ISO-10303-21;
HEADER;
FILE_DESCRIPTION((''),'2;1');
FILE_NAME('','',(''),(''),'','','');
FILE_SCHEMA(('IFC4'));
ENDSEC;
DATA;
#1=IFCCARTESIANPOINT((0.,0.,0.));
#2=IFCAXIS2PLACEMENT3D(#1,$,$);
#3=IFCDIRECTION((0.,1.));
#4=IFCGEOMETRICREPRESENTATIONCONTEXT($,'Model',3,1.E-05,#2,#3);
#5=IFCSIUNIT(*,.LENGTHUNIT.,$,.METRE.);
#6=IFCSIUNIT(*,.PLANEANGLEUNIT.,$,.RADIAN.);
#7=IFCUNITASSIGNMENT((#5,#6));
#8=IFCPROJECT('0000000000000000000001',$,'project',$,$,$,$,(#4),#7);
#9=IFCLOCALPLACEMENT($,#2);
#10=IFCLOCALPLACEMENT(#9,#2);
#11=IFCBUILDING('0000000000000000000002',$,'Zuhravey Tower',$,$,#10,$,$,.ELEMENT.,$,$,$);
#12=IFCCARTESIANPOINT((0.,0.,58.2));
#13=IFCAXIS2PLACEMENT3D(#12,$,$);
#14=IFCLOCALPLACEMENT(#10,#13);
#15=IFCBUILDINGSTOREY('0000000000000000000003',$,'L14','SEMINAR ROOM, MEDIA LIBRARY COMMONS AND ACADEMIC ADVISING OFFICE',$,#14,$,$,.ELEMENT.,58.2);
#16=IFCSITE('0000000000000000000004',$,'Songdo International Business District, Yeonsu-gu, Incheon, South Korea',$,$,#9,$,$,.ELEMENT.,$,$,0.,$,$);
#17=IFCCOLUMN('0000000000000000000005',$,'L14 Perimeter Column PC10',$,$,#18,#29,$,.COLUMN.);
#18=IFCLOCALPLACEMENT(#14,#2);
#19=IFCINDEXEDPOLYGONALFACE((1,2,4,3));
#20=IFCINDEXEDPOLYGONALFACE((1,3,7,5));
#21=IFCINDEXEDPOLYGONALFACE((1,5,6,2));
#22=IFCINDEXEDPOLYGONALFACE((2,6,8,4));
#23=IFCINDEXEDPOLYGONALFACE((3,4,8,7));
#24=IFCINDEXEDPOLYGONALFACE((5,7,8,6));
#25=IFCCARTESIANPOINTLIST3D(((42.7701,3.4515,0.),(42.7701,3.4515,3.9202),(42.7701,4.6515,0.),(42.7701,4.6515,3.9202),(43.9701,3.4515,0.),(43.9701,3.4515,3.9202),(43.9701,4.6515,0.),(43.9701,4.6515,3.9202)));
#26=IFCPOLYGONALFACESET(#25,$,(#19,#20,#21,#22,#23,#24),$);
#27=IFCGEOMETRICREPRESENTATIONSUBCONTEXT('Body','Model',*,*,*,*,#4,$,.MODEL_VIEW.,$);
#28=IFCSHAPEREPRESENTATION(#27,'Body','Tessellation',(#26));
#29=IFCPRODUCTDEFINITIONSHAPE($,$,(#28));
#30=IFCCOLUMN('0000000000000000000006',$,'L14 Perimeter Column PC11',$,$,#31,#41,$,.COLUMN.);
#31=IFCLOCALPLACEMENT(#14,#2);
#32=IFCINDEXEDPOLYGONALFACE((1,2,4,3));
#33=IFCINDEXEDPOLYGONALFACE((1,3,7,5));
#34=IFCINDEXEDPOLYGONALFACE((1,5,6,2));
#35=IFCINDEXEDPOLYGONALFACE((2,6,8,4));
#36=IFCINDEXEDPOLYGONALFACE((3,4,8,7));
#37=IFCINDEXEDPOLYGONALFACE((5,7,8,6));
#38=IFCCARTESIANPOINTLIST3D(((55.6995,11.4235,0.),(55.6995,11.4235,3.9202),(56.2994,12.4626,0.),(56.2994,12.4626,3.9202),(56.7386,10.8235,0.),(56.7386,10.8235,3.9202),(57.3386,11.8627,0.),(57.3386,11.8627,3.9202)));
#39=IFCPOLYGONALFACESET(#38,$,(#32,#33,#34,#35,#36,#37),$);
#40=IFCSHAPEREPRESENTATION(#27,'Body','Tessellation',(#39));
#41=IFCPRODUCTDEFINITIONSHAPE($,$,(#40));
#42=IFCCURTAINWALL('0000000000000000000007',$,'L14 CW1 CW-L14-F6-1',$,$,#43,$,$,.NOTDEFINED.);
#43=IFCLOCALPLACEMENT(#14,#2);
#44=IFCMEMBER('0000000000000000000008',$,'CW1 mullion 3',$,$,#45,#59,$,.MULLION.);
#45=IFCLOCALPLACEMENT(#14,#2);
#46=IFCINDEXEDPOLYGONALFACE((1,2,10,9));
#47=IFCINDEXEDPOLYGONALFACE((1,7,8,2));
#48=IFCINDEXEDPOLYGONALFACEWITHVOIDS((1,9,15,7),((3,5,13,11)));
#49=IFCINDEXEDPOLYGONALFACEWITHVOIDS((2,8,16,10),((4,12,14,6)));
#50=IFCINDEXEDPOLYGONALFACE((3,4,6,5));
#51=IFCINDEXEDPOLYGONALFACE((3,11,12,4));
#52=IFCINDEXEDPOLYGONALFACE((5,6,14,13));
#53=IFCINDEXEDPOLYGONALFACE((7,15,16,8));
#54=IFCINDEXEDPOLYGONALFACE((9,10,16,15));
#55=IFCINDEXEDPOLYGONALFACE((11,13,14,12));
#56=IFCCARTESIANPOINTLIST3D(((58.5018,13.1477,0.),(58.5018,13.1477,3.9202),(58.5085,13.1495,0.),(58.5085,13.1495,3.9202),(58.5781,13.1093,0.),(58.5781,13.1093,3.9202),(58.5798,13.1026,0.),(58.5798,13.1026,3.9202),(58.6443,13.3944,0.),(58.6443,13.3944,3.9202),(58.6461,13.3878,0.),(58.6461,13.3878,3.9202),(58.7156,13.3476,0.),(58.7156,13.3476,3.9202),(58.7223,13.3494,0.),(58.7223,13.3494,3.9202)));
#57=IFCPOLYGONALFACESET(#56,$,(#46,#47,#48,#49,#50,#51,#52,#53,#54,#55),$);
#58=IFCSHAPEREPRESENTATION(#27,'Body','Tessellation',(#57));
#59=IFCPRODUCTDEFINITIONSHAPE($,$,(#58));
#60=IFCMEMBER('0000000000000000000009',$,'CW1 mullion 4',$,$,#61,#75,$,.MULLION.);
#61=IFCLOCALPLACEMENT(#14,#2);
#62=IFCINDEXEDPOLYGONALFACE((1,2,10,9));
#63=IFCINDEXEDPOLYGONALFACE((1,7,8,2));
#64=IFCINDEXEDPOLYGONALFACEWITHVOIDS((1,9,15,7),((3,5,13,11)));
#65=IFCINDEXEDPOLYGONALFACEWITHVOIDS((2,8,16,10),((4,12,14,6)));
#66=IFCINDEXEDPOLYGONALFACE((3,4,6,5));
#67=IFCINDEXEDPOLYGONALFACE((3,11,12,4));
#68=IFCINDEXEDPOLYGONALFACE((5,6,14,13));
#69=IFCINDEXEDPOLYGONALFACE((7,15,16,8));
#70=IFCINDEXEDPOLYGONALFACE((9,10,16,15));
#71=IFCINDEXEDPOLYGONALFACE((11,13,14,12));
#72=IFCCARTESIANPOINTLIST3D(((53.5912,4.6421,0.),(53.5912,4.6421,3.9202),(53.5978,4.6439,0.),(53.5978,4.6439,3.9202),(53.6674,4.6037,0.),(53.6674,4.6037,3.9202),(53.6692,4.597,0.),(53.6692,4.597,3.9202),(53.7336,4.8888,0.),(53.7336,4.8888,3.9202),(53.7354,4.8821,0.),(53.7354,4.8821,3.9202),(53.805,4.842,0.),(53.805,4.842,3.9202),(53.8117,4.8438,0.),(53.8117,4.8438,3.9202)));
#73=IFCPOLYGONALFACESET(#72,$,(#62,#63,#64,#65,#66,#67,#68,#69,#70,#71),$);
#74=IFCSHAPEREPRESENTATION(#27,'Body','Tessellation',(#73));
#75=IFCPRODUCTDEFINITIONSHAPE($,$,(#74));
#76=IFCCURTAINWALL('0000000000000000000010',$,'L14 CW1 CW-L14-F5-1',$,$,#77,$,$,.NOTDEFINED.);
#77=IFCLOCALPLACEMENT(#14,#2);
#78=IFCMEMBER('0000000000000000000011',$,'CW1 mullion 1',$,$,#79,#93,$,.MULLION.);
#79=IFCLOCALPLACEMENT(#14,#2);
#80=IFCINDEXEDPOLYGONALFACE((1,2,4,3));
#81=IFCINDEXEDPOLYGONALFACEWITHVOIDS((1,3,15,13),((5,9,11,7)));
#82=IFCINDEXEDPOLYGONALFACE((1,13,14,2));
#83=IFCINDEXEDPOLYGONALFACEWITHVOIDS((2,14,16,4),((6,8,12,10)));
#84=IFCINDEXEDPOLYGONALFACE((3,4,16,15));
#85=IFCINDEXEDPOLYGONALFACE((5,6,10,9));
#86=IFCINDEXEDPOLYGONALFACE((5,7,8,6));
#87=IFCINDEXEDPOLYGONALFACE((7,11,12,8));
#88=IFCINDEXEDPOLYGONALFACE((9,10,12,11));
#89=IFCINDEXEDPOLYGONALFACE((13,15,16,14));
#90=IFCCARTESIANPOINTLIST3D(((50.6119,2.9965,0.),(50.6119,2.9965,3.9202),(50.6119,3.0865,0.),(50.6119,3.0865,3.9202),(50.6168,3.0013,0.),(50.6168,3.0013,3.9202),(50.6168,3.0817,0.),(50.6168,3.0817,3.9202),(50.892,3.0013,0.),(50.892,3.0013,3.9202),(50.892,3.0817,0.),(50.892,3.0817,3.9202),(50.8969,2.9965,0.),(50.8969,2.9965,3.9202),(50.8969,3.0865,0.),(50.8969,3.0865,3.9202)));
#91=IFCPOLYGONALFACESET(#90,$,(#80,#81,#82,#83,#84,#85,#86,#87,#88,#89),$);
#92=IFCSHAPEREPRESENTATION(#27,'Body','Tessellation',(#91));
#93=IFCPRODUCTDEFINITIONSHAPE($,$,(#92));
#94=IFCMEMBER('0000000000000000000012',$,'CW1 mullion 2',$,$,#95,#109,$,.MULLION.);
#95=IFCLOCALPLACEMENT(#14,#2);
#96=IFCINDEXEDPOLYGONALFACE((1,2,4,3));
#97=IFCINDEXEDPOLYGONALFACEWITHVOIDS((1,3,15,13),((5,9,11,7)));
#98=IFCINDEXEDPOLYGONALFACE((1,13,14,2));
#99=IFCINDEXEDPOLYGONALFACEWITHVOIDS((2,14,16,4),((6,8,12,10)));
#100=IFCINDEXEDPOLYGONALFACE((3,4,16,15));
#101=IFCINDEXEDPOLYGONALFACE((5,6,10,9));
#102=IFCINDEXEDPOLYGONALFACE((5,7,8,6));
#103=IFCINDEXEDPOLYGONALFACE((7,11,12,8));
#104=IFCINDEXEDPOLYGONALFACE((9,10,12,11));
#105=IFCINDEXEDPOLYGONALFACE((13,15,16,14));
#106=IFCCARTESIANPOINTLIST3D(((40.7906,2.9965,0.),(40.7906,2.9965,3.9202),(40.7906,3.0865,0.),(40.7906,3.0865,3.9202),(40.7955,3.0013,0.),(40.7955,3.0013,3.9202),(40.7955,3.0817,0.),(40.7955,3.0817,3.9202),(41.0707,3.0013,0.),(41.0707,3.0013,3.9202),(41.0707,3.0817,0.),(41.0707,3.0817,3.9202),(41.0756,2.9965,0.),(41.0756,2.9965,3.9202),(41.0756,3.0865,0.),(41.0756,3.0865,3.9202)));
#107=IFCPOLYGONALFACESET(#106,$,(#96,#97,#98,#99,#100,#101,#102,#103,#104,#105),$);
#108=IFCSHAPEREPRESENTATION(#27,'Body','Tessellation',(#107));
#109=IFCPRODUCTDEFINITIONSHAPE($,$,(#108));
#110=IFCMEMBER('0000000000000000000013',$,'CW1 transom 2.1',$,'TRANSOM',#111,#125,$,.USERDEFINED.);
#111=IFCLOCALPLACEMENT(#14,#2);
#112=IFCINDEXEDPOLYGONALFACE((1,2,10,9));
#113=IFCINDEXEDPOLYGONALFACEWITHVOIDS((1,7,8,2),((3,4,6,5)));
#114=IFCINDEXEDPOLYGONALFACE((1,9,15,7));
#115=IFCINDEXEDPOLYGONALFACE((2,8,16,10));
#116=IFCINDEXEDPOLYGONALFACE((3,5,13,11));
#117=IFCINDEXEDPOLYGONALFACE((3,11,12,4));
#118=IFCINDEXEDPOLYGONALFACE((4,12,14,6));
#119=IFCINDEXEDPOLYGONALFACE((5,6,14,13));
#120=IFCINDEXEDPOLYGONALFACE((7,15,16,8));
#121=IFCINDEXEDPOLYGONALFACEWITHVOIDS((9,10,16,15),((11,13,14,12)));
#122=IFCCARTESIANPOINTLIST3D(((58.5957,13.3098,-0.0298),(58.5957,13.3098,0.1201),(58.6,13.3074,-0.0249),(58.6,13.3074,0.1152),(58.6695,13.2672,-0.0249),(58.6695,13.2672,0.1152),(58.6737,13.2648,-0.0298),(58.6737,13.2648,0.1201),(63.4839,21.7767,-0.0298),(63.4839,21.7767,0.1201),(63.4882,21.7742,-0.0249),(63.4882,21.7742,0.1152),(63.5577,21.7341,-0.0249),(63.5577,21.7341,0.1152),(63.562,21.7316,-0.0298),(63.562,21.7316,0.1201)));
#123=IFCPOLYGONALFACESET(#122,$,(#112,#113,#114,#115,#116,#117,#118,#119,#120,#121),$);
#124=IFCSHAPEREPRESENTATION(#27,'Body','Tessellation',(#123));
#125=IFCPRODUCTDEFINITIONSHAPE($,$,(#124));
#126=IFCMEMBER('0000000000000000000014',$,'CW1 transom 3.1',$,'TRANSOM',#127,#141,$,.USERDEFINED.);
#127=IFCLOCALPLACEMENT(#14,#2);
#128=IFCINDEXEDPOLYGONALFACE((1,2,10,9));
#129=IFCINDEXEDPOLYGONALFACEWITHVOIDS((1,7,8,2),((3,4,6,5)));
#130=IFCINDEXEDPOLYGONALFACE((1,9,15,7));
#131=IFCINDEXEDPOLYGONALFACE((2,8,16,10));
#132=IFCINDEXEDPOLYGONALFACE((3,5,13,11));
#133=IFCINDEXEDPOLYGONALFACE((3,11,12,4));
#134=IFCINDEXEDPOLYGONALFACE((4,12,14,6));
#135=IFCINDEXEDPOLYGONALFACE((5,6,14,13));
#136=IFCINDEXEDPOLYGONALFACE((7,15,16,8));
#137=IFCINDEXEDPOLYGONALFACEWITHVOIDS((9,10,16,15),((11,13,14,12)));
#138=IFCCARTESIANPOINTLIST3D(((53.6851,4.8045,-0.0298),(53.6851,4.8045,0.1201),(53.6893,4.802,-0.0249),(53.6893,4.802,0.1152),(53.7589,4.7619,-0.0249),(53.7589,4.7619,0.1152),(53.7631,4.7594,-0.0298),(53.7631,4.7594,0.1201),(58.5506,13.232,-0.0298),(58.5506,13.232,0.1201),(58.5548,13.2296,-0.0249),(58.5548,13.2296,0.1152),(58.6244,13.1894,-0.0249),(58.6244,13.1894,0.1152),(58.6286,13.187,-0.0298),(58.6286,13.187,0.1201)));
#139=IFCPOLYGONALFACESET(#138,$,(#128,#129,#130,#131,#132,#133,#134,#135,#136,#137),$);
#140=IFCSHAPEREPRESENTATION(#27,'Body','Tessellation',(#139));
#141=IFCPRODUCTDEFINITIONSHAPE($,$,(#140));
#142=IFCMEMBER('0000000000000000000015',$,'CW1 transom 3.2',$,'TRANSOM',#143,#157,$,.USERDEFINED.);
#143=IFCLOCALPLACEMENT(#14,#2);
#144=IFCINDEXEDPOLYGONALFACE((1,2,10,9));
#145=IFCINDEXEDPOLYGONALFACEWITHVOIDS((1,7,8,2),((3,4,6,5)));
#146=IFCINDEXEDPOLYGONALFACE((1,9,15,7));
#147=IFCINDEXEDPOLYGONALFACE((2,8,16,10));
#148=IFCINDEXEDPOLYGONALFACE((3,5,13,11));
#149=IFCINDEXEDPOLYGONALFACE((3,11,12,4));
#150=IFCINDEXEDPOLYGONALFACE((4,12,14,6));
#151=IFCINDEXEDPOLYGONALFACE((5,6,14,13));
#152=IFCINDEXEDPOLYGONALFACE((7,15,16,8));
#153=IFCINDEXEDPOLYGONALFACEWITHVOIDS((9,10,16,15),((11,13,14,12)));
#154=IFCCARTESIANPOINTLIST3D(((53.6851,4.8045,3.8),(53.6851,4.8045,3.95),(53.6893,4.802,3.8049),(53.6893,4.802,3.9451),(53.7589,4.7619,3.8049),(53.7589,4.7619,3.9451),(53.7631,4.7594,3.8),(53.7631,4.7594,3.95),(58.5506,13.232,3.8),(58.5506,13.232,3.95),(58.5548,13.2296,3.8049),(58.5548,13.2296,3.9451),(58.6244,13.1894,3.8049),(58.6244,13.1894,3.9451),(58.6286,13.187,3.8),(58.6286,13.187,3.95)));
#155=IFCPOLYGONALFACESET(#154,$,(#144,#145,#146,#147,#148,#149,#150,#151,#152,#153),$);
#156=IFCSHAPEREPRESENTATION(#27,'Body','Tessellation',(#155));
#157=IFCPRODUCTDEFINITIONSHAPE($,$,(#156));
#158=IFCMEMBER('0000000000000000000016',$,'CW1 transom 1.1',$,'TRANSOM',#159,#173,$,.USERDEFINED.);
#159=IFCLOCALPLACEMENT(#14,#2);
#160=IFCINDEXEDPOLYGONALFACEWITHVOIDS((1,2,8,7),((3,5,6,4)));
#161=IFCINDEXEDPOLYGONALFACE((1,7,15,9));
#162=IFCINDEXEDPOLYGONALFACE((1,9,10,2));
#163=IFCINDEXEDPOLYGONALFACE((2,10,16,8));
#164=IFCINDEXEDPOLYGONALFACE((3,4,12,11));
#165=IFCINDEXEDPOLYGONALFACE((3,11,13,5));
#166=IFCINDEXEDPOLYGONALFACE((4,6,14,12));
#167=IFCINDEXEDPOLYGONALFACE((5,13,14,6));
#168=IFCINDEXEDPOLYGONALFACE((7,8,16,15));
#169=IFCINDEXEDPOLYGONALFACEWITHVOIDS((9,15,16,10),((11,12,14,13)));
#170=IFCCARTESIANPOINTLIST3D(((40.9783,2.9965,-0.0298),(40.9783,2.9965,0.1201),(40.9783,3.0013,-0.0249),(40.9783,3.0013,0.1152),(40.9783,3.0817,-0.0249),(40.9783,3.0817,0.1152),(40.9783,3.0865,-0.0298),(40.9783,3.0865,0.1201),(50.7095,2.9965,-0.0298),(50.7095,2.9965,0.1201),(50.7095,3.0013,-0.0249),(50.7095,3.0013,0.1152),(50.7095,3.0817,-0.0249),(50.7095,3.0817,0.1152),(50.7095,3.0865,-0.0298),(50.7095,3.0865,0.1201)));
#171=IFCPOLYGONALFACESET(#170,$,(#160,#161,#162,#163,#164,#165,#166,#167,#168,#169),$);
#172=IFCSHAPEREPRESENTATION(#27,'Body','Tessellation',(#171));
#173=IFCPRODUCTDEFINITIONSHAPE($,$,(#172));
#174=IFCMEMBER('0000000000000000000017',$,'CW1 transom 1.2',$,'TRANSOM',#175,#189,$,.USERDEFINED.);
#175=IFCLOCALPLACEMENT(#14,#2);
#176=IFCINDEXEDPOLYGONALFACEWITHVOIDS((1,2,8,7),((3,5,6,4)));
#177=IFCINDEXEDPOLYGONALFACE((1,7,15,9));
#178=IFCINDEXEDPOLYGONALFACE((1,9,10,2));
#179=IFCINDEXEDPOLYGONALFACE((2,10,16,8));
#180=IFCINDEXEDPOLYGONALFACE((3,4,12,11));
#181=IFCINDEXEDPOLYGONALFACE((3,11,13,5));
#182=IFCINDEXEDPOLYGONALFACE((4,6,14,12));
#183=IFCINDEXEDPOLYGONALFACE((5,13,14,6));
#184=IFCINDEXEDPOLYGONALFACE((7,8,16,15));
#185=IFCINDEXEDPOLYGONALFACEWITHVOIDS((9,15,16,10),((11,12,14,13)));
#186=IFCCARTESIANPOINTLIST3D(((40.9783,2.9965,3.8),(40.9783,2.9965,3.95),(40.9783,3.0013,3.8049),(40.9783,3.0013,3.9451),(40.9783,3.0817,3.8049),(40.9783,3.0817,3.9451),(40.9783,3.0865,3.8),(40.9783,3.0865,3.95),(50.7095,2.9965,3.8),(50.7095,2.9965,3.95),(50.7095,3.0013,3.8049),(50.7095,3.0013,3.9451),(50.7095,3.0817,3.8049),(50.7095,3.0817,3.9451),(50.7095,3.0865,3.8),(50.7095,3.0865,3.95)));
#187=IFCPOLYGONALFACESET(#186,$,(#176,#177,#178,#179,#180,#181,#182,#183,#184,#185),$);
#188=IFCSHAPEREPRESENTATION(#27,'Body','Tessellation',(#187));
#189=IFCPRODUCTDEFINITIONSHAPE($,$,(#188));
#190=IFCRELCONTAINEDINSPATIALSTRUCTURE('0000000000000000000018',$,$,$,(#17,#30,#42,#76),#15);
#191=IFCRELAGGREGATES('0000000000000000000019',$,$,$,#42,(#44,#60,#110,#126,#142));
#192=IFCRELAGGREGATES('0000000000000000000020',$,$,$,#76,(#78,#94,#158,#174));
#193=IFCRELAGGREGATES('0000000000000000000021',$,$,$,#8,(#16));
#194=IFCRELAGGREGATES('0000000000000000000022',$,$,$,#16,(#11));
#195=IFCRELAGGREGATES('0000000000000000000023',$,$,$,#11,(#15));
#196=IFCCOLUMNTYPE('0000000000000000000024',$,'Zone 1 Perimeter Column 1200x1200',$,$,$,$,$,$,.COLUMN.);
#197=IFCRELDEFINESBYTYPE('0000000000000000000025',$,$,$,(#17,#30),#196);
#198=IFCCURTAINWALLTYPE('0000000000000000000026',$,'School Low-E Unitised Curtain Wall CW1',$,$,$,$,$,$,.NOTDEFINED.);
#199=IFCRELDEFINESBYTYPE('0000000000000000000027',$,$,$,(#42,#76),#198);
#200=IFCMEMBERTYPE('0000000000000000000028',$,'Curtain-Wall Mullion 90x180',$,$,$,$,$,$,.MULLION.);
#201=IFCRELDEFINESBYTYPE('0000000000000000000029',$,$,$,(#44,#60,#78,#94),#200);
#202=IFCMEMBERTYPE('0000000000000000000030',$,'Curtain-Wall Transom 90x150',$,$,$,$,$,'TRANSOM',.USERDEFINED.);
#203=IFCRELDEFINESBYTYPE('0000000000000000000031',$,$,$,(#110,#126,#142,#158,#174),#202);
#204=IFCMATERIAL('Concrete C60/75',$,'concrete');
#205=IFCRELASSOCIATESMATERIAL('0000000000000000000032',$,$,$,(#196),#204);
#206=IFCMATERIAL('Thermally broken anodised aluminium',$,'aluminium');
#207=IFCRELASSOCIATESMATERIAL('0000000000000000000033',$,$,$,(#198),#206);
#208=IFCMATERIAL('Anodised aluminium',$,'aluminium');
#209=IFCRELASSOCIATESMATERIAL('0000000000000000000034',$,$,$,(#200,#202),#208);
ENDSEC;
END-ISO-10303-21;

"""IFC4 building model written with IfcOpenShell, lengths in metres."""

from ifc_helpers import new_model, si_unit, direction, frame, origin, origin_2d, place, context, subcontext, project, spatial, rectangle, hollow_rectangle, extrude, material, material_profile, profile_set, type_object, element, aggregate, save


model = new_model("IFC4")

# Units and contexts
model_context = context("Model", 3, precision=1e-05, world=origin(), true_north=direction((0.0, 1.0)))
body_context = subcontext(model_context, "Body", "Model", "MODEL_VIEW")
ifc_project = project(units=[si_unit("LENGTHUNIT", "METRE"), si_unit("PLANEANGLEUNIT", "RADIAN")], contexts=[model_context])

# Site, building, storey
site_placement = place(None, origin())
site = spatial("IfcSite", under=ifc_project, at=site_placement, Name="Songdo International Business District, Yeonsu-gu, Incheon, South Korea", CompositionType="ELEMENT", RefElevation=0.0)
building_placement = place(site_placement, origin())
building = spatial("IfcBuilding", under=site, at=building_placement, Name="Zuhravey Tower", CompositionType="ELEMENT")
storey_placement = place(building_placement, frame((0.0, 0.0, 58.2)))
storey = spatial("IfcBuildingStorey", under=building, at=storey_placement, Name="L14", Description="SEMINAR ROOM, MEDIA LIBRARY COMMONS AND ACADEMIC ADVISING OFFICE", CompositionType="ELEMENT", Elevation=58.2)

# Columns
ifc_material_1 = material(Name="Concrete C60/75", Category="concrete")
ifc_material_profile_1 = material_profile(ifc_material_1, rectangle(XDim=1.2, YDim=1.2, at=origin_2d()), Name="RC-1200x1200")
ifc_profile_set_1 = profile_set([ifc_material_profile_1], Name="Concrete C60/75")
column_type = type_object("IfcColumnType", Name="Zone 1 Perimeter Column 1200x1200", PredefinedType="COLUMN", material=ifc_profile_set_1)
for number, where, z_axis, x_axis, name in (
    (1, (43.3701, 4.0515, 0.0), (0.0, 0.0, 1.0), (1.0, 0.0, 0.0), "L14 Perimeter Column PC10"),
    (2, (56.519, 11.6431, 0.0), (0.0, 0.0, 1.0), (0.5, 0.866025, 0.0), "L14 Perimeter Column PC11"),
):
    element("IfcColumn", number, at=place(storey_placement, frame(where, z_axis=z_axis, x_axis=x_axis)), inside=storey, type_object=column_type, Name=name, PredefinedType="COLUMN", context=body_context, shape_type="SweptSolid", body=[
        extrude(rectangle(XDim=1.2, YDim=1.2, at=origin_2d()), origin(), (0.0, 0.0, 1.0), 3.9202),
    ])

# Curtain walls, members
ifc_material_2 = material(Name="Thermally broken anodised aluminium", Category="aluminium")
curtain_wall_type = type_object("IfcCurtainWallType", Name="School Low-E Unitised Curtain Wall CW1", PredefinedType="NOTDEFINED", material=ifc_material_2)
curtain_wall_1_placement = place(storey_placement, origin())
curtain_wall_1 = element("IfcCurtainWall", 3, at=curtain_wall_1_placement, inside=storey, type_object=curtain_wall_type, Name="L14 CW1 CW-L14-F6-1", PredefinedType="NOTDEFINED")
ifc_material_3 = material(Name="Anodised aluminium", Category="aluminium")
ifc_material_profile_2 = material_profile(ifc_material_3, hollow_rectangle(XDim=0.0901, YDim=0.2849, WallThickness=0.0049, at=origin_2d()), Name="ALU-RHS-90x285x5")
ifc_profile_set_2 = profile_set([ifc_material_profile_2], Name="Anodised aluminium")
member_type_1 = type_object("IfcMemberType", Name="Curtain-Wall Mullion 90x180", PredefinedType="MULLION", material=ifc_profile_set_2)
member_1_placement = place(storey_placement, frame((58.6121, 13.2485, 0.0), z_axis=(0.0, 0.0, 1.0), x_axis=(0.866026, -0.5, 0.0)))
member_1 = element("IfcMember", 4, at=member_1_placement, type_object=member_type_1, Name="CW1 mullion 3", PredefinedType="MULLION", context=body_context, shape_type="SweptSolid", body=[
    extrude(hollow_rectangle(XDim=0.0901, YDim=0.2849, WallThickness=0.0049, at=origin_2d()), origin(), (0.0, 0.0, 1.0), 3.9202),
])
member_2_placement = place(storey_placement, frame((53.7014, 4.7429, 0.0), z_axis=(0.0, 0.0, 1.0), x_axis=(0.866026, -0.5, 0.0)))
member_2 = element("IfcMember", 5, at=member_2_placement, type_object=member_type_1, Name="CW1 mullion 4", PredefinedType="MULLION", context=body_context, shape_type="SweptSolid", body=[
    extrude(hollow_rectangle(XDim=0.0901, YDim=0.2849, WallThickness=0.0049, at=origin_2d()), origin(), (0.0, 0.0, 1.0), 3.9202),
])
curtain_wall_2_placement = place(storey_placement, origin())
curtain_wall_2 = element("IfcCurtainWall", 6, at=curtain_wall_2_placement, inside=storey, type_object=curtain_wall_type, Name="L14 CW1 CW-L14-F5-1", PredefinedType="NOTDEFINED")
member_3_placement = place(storey_placement, frame((50.7544, 3.0415, 0.0), z_axis=(0.0, 0.0, 1.0), x_axis=(0.0, -1.0, 0.0)))
member_3 = element("IfcMember", 7, at=member_3_placement, type_object=member_type_1, Name="CW1 mullion 1", PredefinedType="MULLION", context=body_context, shape_type="SweptSolid", body=[
    extrude(hollow_rectangle(XDim=0.0901, YDim=0.2849, WallThickness=0.0049, at=origin_2d()), origin(), (0.0, 0.0, 1.0), 3.9202),
])
member_4_placement = place(storey_placement, frame((40.9331, 3.0415, 0.0), z_axis=(0.0, 0.0, 1.0), x_axis=(0.0, -1.0, 0.0)))
member_4 = element("IfcMember", 8, at=member_4_placement, type_object=member_type_1, Name="CW1 mullion 2", PredefinedType="MULLION", context=body_context, shape_type="SweptSolid", body=[
    extrude(hollow_rectangle(XDim=0.0901, YDim=0.2849, WallThickness=0.0049, at=origin_2d()), origin(), (0.0, 0.0, 1.0), 3.9202),
])

# Members
ifc_material_profile_3 = material_profile(ifc_material_3, hollow_rectangle(XDim=0.0901, YDim=0.1499, WallThickness=0.0049, at=origin_2d()), Name="ALU-RHS-90x150x5")
ifc_profile_set_3 = profile_set([ifc_material_profile_3], Name="Anodised aluminium")
member_type_2 = type_object("IfcMemberType", Name="Curtain-Wall Transom 90x150", ElementType="TRANSOM", PredefinedType="USERDEFINED", material=ifc_profile_set_3)
member_5_placement = place(storey_placement, frame((63.5229, 21.7542, 0.0452), z_axis=(-0.49999, -0.866031, 0.0), x_axis=(0.866031, -0.49999, 0.0)))
member_5 = element("IfcMember", 9, at=member_5_placement, type_object=member_type_2, Name="CW1 transom 2.1", ObjectType="TRANSOM", PredefinedType="USERDEFINED", context=body_context, shape_type="SweptSolid", body=[
    extrude(hollow_rectangle(XDim=0.0901, YDim=0.1499, WallThickness=0.0049, at=origin_2d()), origin(), (0.0, 0.0, 1.0), 9.7766),
])
member_6_placement = place(storey_placement, frame((58.5896, 13.2095, 0.0452), z_axis=(-0.49999, -0.866031, 0.0), x_axis=(0.866031, -0.49999, 0.0)))
member_6 = element("IfcMember", 10, at=member_6_placement, type_object=member_type_2, Name="CW1 transom 3.1", ObjectType="TRANSOM", PredefinedType="USERDEFINED", context=body_context, shape_type="SweptSolid", body=[
    extrude(hollow_rectangle(XDim=0.0901, YDim=0.1499, WallThickness=0.0049, at=origin_2d()), origin(), (0.0, 0.0, 1.0), 9.7312),
])
member_7_placement = place(storey_placement, frame((58.5896, 13.2095, 3.875), z_axis=(-0.49999, -0.866031, 0.0), x_axis=(0.866031, -0.49999, 0.0)))
member_7 = element("IfcMember", 11, at=member_7_placement, type_object=member_type_2, Name="CW1 transom 3.2", ObjectType="TRANSOM", PredefinedType="USERDEFINED", context=body_context, shape_type="SweptSolid", body=[
    extrude(hollow_rectangle(XDim=0.0901, YDim=0.1499, WallThickness=0.0049, at=origin_2d()), origin(), (0.0, 0.0, 1.0), 9.7312),
])
member_8_placement = place(storey_placement, frame((50.7095, 3.0415, 0.0452), z_axis=(-1.0, 0.0, 0.0), x_axis=(0.0, -1.0, 0.0)))
member_8 = element("IfcMember", 12, at=member_8_placement, type_object=member_type_2, Name="CW1 transom 1.1", ObjectType="TRANSOM", PredefinedType="USERDEFINED", context=body_context, shape_type="SweptSolid", body=[
    extrude(hollow_rectangle(XDim=0.0901, YDim=0.1499, WallThickness=0.0049, at=origin_2d()), origin(), (0.0, 0.0, 1.0), 9.7312),
])
member_9_placement = place(storey_placement, frame((50.7095, 3.0415, 3.875), z_axis=(-1.0, 0.0, 0.0), x_axis=(0.0, -1.0, 0.0)))
member_9 = element("IfcMember", 13, at=member_9_placement, type_object=member_type_2, Name="CW1 transom 1.2", ObjectType="TRANSOM", PredefinedType="USERDEFINED", context=body_context, shape_type="SweptSolid", body=[
    extrude(hollow_rectangle(XDim=0.0901, YDim=0.1499, WallThickness=0.0049, at=origin_2d()), origin(), (0.0, 0.0, 1.0), 9.7312),
])

aggregate(curtain_wall_1, [member_1, member_2, member_5, member_6, member_7])
aggregate(curtain_wall_2, [member_3, member_4, member_8, member_9])

save(model, "model.ifc")
